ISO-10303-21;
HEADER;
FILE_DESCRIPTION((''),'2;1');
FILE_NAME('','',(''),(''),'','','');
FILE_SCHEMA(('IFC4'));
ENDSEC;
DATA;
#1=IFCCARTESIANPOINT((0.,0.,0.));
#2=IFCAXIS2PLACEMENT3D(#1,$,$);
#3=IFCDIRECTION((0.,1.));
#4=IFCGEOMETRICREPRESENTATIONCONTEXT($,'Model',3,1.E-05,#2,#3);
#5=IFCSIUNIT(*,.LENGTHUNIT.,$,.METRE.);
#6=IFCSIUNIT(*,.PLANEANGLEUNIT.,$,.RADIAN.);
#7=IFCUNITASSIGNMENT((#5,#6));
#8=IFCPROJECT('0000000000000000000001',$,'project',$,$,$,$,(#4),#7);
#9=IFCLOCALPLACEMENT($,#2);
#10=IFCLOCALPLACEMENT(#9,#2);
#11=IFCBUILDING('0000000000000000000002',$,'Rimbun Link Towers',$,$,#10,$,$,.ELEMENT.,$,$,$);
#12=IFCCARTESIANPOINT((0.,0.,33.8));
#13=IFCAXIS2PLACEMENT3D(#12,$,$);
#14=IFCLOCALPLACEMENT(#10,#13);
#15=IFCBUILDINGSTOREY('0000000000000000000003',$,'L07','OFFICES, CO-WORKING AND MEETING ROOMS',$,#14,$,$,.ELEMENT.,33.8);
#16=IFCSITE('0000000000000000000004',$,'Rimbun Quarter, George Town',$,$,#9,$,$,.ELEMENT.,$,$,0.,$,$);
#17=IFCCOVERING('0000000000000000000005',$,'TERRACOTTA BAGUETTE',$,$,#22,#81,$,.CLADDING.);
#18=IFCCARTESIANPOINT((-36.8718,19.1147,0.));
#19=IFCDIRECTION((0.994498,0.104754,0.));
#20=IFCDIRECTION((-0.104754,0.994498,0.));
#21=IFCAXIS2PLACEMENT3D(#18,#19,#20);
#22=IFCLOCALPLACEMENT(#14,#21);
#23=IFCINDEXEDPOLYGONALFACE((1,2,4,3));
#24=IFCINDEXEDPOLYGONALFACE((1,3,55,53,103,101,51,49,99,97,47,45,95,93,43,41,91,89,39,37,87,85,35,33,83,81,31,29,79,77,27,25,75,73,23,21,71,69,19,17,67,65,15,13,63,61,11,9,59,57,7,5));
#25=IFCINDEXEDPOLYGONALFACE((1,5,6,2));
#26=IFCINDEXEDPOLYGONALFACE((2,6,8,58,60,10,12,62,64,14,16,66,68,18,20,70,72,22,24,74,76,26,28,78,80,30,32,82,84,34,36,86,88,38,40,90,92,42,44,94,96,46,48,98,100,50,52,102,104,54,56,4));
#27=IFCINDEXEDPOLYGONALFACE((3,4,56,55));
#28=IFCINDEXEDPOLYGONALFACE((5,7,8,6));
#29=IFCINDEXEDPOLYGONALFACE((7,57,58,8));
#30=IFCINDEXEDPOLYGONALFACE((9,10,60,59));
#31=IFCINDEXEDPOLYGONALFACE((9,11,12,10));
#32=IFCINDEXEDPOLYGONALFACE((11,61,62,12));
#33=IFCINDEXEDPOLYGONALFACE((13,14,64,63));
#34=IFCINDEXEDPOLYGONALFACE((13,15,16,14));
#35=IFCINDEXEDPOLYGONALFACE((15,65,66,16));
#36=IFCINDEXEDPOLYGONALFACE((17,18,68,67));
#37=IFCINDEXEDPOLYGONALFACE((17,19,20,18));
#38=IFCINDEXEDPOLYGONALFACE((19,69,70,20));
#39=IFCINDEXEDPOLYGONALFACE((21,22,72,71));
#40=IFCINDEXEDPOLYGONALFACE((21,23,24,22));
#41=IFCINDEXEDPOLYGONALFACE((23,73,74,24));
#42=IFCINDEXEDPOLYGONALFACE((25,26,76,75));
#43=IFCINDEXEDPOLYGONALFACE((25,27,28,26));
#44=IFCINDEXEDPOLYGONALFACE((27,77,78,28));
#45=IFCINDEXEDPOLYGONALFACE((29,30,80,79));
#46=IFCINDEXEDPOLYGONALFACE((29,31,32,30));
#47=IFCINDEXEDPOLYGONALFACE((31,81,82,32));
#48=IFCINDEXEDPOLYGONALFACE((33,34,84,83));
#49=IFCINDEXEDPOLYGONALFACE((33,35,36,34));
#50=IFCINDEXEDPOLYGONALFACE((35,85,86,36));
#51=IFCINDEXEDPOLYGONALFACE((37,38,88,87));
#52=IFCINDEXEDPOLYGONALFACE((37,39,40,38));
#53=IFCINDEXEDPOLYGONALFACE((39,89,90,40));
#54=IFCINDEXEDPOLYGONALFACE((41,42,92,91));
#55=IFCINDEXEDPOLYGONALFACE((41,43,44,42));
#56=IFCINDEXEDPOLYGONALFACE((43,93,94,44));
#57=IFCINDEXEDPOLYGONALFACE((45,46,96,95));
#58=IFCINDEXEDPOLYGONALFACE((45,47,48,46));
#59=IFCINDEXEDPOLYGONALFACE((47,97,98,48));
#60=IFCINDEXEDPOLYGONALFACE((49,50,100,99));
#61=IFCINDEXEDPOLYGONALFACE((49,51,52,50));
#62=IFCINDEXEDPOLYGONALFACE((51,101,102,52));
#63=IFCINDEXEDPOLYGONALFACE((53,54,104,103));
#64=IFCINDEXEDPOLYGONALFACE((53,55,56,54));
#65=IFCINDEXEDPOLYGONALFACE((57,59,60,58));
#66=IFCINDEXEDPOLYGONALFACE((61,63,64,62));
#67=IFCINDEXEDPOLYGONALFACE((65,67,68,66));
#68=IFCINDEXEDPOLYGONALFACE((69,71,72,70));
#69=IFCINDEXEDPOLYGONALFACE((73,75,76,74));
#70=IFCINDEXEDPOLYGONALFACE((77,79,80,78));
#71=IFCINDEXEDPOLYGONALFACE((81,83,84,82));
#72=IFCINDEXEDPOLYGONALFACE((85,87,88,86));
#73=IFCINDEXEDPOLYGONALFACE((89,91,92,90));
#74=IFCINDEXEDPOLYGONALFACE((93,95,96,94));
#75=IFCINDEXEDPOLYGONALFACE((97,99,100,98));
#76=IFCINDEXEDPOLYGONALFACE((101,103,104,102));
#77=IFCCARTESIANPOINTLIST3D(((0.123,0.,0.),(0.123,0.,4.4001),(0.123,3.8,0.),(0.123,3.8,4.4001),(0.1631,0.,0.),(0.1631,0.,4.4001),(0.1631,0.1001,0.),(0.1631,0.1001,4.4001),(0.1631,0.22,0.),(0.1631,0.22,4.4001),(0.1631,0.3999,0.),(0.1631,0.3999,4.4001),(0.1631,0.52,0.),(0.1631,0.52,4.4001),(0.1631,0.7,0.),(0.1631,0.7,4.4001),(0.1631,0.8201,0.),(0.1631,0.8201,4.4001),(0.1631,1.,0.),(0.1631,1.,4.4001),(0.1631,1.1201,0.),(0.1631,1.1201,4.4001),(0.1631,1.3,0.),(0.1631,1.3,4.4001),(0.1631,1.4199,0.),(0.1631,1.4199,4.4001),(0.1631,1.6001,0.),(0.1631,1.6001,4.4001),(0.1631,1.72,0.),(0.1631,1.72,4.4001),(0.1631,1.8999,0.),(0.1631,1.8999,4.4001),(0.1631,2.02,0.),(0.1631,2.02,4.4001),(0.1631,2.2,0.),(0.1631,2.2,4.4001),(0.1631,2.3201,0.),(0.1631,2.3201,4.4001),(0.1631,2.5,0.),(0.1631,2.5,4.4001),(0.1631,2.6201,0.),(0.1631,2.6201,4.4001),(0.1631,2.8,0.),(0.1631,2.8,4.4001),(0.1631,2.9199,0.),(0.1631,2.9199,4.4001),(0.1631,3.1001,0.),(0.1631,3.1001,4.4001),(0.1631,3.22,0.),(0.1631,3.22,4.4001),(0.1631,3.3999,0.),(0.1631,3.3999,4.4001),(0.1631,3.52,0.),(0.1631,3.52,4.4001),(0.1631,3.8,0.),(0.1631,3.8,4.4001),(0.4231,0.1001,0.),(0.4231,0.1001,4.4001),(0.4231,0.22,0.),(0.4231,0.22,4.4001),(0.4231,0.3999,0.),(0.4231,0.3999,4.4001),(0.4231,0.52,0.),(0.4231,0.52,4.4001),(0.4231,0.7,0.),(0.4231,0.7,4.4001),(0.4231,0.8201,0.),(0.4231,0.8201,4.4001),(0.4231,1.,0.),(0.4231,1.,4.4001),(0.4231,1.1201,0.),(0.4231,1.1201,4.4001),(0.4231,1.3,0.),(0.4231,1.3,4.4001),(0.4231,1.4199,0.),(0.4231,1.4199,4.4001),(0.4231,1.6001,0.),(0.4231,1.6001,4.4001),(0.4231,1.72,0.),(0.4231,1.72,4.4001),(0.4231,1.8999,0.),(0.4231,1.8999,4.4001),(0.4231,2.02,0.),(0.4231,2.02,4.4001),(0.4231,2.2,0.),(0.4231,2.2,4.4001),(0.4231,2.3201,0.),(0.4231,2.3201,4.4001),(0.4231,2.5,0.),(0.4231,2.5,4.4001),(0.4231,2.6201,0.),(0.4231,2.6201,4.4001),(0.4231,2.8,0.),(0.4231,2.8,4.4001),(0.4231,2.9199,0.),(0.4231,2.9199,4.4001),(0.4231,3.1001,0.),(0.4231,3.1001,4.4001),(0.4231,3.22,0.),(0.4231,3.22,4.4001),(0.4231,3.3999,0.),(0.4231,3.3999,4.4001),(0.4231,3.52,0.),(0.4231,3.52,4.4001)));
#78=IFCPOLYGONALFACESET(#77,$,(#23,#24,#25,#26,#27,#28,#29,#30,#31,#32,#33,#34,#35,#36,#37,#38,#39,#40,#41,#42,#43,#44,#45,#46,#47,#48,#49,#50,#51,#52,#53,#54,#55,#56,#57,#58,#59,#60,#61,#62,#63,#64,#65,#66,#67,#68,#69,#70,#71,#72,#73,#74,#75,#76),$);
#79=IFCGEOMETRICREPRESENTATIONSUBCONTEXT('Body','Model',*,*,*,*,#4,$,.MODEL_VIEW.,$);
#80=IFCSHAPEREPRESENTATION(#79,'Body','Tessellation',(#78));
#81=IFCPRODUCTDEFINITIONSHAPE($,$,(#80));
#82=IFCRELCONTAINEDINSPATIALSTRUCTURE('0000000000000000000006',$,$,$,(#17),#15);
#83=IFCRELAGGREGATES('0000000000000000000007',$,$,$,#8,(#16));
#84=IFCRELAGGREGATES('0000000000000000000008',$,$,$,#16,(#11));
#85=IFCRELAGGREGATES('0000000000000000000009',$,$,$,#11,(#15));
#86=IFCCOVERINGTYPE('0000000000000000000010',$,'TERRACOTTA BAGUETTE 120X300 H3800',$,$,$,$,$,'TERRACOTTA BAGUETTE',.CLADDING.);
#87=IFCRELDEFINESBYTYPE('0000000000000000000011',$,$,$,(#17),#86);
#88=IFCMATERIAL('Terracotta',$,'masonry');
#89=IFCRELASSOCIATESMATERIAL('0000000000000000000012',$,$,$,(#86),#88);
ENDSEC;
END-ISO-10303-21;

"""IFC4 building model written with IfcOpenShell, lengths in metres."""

from ifc_helpers import new_model, si_unit, direction, frame, origin, place, context, subcontext, project, spatial, polyline, outline, extrude, material, material_profile, profile_set, type_object, element, save


model = new_model("IFC4")

# Units and contexts
model_context = context("Model", 3, precision=1e-05, world=origin(), true_north=direction((0.0, 1.0)))
body_context = subcontext(model_context, "Body", "Model", "MODEL_VIEW")
ifc_project = project(units=[si_unit("LENGTHUNIT", "METRE"), si_unit("PLANEANGLEUNIT", "RADIAN")], contexts=[model_context])

# Site, building, storey
site_placement = place(None, origin())
site = spatial("IfcSite", under=ifc_project, at=site_placement, Name="Rimbun Quarter, George Town", CompositionType="ELEMENT", RefElevation=0.0)
building_placement = place(site_placement, origin())
building = spatial("IfcBuilding", under=site, at=building_placement, Name="Rimbun Link Towers", CompositionType="ELEMENT")
storey_placement = place(building_placement, frame((0.0, 0.0, 33.8)))
storey = spatial("IfcBuildingStorey", under=building, at=storey_placement, Name="L07", Description="OFFICES, CO-WORKING AND MEETING ROOMS", CompositionType="ELEMENT", Elevation=33.8)

# Covering
ifc_material_1 = material(Name="Terracotta", Category="masonry")
ifc_material_profile_1 = material_profile(ifc_material_1, outline(polyline([(0.123, 0.0), (0.1631, 0.0), (0.1631, 0.1001), (0.4231, 0.1001), (0.4231, 0.22), (0.1631, 0.22), (0.1631, 0.3999), (0.4231, 0.3999), (0.4231, 0.52), (0.1631, 0.52), (0.1631, 0.7), (0.4231, 0.7), (0.4231, 0.8201), (0.1631, 0.8201), (0.1631, 1.0), (0.4231, 1.0), (0.4231, 1.1201), (0.1631, 1.1201), (0.1631, 1.3), (0.4231, 1.3), (0.4231, 1.4199), (0.1631, 1.4199), (0.1631, 1.6001), (0.4231, 1.6001), (0.4231, 1.72), (0.1631, 1.72), (0.1631, 1.8999), (0.4231, 1.8999), (0.4231, 2.02), (0.1631, 2.02), (0.1631, 2.2), (0.4231, 2.2), (0.4231, 2.3201), (0.1631, 2.3201), (0.1631, 2.5), (0.4231, 2.5), (0.4231, 2.6201), (0.1631, 2.6201), (0.1631, 2.8), (0.4231, 2.8), (0.4231, 2.9199), (0.1631, 2.9199), (0.1631, 3.1001), (0.4231, 3.1001), (0.4231, 3.22), (0.1631, 3.22), (0.1631, 3.3999), (0.4231, 3.3999), (0.4231, 3.52), (0.1631, 3.52), (0.1631, 3.8), (0.123, 3.8), (0.123, 0.0)])), Name="BAGUETTE 120X300")
ifc_profile_set_1 = profile_set([ifc_material_profile_1], Name="Terracotta")
covering_type = type_object("IfcCoveringType", Name="TERRACOTTA BAGUETTE 120X300 H3800", ElementType="TERRACOTTA BAGUETTE", PredefinedType="CLADDING", material=ifc_profile_set_1)
covering_1_placement = place(storey_placement, frame((-36.8718, 19.1147, 0.0), z_axis=(0.994498, 0.104754, 0.0), x_axis=(-0.104754, 0.994498, 0.0)))
element("IfcCovering", 1, at=covering_1_placement, inside=storey, type_object=covering_type, Name="TERRACOTTA BAGUETTE", PredefinedType="CLADDING", context=body_context, shape_type="SweptSolid", body=[
    extrude(outline(polyline([(0.123, 0.0), (0.1631, 0.0), (0.1631, 0.1001), (0.4231, 0.1001), (0.4231, 0.22), (0.1631, 0.22), (0.1631, 0.3999), (0.4231, 0.3999), (0.4231, 0.52), (0.1631, 0.52), (0.1631, 0.7), (0.4231, 0.7), (0.4231, 0.8201), (0.1631, 0.8201), (0.1631, 1.0), (0.4231, 1.0), (0.4231, 1.1201), (0.1631, 1.1201), (0.1631, 1.3), (0.4231, 1.3), (0.4231, 1.4199), (0.1631, 1.4199), (0.1631, 1.6001), (0.4231, 1.6001), (0.4231, 1.72), (0.1631, 1.72), (0.1631, 1.8999), (0.4231, 1.8999), (0.4231, 2.02), (0.1631, 2.02), (0.1631, 2.2), (0.4231, 2.2), (0.4231, 2.3201), (0.1631, 2.3201), (0.1631, 2.5), (0.4231, 2.5), (0.4231, 2.6201), (0.1631, 2.6201), (0.1631, 2.8), (0.4231, 2.8), (0.4231, 2.9199), (0.1631, 2.9199), (0.1631, 3.1001), (0.4231, 3.1001), (0.4231, 3.22), (0.1631, 3.22), (0.1631, 3.3999), (0.4231, 3.3999), (0.4231, 3.52), (0.1631, 3.52), (0.1631, 3.8), (0.123, 3.8), (0.123, 0.0)])), origin(), (0.0, 0.0, 1.0), 4.4001),
])

save(model, "model.ifc")
